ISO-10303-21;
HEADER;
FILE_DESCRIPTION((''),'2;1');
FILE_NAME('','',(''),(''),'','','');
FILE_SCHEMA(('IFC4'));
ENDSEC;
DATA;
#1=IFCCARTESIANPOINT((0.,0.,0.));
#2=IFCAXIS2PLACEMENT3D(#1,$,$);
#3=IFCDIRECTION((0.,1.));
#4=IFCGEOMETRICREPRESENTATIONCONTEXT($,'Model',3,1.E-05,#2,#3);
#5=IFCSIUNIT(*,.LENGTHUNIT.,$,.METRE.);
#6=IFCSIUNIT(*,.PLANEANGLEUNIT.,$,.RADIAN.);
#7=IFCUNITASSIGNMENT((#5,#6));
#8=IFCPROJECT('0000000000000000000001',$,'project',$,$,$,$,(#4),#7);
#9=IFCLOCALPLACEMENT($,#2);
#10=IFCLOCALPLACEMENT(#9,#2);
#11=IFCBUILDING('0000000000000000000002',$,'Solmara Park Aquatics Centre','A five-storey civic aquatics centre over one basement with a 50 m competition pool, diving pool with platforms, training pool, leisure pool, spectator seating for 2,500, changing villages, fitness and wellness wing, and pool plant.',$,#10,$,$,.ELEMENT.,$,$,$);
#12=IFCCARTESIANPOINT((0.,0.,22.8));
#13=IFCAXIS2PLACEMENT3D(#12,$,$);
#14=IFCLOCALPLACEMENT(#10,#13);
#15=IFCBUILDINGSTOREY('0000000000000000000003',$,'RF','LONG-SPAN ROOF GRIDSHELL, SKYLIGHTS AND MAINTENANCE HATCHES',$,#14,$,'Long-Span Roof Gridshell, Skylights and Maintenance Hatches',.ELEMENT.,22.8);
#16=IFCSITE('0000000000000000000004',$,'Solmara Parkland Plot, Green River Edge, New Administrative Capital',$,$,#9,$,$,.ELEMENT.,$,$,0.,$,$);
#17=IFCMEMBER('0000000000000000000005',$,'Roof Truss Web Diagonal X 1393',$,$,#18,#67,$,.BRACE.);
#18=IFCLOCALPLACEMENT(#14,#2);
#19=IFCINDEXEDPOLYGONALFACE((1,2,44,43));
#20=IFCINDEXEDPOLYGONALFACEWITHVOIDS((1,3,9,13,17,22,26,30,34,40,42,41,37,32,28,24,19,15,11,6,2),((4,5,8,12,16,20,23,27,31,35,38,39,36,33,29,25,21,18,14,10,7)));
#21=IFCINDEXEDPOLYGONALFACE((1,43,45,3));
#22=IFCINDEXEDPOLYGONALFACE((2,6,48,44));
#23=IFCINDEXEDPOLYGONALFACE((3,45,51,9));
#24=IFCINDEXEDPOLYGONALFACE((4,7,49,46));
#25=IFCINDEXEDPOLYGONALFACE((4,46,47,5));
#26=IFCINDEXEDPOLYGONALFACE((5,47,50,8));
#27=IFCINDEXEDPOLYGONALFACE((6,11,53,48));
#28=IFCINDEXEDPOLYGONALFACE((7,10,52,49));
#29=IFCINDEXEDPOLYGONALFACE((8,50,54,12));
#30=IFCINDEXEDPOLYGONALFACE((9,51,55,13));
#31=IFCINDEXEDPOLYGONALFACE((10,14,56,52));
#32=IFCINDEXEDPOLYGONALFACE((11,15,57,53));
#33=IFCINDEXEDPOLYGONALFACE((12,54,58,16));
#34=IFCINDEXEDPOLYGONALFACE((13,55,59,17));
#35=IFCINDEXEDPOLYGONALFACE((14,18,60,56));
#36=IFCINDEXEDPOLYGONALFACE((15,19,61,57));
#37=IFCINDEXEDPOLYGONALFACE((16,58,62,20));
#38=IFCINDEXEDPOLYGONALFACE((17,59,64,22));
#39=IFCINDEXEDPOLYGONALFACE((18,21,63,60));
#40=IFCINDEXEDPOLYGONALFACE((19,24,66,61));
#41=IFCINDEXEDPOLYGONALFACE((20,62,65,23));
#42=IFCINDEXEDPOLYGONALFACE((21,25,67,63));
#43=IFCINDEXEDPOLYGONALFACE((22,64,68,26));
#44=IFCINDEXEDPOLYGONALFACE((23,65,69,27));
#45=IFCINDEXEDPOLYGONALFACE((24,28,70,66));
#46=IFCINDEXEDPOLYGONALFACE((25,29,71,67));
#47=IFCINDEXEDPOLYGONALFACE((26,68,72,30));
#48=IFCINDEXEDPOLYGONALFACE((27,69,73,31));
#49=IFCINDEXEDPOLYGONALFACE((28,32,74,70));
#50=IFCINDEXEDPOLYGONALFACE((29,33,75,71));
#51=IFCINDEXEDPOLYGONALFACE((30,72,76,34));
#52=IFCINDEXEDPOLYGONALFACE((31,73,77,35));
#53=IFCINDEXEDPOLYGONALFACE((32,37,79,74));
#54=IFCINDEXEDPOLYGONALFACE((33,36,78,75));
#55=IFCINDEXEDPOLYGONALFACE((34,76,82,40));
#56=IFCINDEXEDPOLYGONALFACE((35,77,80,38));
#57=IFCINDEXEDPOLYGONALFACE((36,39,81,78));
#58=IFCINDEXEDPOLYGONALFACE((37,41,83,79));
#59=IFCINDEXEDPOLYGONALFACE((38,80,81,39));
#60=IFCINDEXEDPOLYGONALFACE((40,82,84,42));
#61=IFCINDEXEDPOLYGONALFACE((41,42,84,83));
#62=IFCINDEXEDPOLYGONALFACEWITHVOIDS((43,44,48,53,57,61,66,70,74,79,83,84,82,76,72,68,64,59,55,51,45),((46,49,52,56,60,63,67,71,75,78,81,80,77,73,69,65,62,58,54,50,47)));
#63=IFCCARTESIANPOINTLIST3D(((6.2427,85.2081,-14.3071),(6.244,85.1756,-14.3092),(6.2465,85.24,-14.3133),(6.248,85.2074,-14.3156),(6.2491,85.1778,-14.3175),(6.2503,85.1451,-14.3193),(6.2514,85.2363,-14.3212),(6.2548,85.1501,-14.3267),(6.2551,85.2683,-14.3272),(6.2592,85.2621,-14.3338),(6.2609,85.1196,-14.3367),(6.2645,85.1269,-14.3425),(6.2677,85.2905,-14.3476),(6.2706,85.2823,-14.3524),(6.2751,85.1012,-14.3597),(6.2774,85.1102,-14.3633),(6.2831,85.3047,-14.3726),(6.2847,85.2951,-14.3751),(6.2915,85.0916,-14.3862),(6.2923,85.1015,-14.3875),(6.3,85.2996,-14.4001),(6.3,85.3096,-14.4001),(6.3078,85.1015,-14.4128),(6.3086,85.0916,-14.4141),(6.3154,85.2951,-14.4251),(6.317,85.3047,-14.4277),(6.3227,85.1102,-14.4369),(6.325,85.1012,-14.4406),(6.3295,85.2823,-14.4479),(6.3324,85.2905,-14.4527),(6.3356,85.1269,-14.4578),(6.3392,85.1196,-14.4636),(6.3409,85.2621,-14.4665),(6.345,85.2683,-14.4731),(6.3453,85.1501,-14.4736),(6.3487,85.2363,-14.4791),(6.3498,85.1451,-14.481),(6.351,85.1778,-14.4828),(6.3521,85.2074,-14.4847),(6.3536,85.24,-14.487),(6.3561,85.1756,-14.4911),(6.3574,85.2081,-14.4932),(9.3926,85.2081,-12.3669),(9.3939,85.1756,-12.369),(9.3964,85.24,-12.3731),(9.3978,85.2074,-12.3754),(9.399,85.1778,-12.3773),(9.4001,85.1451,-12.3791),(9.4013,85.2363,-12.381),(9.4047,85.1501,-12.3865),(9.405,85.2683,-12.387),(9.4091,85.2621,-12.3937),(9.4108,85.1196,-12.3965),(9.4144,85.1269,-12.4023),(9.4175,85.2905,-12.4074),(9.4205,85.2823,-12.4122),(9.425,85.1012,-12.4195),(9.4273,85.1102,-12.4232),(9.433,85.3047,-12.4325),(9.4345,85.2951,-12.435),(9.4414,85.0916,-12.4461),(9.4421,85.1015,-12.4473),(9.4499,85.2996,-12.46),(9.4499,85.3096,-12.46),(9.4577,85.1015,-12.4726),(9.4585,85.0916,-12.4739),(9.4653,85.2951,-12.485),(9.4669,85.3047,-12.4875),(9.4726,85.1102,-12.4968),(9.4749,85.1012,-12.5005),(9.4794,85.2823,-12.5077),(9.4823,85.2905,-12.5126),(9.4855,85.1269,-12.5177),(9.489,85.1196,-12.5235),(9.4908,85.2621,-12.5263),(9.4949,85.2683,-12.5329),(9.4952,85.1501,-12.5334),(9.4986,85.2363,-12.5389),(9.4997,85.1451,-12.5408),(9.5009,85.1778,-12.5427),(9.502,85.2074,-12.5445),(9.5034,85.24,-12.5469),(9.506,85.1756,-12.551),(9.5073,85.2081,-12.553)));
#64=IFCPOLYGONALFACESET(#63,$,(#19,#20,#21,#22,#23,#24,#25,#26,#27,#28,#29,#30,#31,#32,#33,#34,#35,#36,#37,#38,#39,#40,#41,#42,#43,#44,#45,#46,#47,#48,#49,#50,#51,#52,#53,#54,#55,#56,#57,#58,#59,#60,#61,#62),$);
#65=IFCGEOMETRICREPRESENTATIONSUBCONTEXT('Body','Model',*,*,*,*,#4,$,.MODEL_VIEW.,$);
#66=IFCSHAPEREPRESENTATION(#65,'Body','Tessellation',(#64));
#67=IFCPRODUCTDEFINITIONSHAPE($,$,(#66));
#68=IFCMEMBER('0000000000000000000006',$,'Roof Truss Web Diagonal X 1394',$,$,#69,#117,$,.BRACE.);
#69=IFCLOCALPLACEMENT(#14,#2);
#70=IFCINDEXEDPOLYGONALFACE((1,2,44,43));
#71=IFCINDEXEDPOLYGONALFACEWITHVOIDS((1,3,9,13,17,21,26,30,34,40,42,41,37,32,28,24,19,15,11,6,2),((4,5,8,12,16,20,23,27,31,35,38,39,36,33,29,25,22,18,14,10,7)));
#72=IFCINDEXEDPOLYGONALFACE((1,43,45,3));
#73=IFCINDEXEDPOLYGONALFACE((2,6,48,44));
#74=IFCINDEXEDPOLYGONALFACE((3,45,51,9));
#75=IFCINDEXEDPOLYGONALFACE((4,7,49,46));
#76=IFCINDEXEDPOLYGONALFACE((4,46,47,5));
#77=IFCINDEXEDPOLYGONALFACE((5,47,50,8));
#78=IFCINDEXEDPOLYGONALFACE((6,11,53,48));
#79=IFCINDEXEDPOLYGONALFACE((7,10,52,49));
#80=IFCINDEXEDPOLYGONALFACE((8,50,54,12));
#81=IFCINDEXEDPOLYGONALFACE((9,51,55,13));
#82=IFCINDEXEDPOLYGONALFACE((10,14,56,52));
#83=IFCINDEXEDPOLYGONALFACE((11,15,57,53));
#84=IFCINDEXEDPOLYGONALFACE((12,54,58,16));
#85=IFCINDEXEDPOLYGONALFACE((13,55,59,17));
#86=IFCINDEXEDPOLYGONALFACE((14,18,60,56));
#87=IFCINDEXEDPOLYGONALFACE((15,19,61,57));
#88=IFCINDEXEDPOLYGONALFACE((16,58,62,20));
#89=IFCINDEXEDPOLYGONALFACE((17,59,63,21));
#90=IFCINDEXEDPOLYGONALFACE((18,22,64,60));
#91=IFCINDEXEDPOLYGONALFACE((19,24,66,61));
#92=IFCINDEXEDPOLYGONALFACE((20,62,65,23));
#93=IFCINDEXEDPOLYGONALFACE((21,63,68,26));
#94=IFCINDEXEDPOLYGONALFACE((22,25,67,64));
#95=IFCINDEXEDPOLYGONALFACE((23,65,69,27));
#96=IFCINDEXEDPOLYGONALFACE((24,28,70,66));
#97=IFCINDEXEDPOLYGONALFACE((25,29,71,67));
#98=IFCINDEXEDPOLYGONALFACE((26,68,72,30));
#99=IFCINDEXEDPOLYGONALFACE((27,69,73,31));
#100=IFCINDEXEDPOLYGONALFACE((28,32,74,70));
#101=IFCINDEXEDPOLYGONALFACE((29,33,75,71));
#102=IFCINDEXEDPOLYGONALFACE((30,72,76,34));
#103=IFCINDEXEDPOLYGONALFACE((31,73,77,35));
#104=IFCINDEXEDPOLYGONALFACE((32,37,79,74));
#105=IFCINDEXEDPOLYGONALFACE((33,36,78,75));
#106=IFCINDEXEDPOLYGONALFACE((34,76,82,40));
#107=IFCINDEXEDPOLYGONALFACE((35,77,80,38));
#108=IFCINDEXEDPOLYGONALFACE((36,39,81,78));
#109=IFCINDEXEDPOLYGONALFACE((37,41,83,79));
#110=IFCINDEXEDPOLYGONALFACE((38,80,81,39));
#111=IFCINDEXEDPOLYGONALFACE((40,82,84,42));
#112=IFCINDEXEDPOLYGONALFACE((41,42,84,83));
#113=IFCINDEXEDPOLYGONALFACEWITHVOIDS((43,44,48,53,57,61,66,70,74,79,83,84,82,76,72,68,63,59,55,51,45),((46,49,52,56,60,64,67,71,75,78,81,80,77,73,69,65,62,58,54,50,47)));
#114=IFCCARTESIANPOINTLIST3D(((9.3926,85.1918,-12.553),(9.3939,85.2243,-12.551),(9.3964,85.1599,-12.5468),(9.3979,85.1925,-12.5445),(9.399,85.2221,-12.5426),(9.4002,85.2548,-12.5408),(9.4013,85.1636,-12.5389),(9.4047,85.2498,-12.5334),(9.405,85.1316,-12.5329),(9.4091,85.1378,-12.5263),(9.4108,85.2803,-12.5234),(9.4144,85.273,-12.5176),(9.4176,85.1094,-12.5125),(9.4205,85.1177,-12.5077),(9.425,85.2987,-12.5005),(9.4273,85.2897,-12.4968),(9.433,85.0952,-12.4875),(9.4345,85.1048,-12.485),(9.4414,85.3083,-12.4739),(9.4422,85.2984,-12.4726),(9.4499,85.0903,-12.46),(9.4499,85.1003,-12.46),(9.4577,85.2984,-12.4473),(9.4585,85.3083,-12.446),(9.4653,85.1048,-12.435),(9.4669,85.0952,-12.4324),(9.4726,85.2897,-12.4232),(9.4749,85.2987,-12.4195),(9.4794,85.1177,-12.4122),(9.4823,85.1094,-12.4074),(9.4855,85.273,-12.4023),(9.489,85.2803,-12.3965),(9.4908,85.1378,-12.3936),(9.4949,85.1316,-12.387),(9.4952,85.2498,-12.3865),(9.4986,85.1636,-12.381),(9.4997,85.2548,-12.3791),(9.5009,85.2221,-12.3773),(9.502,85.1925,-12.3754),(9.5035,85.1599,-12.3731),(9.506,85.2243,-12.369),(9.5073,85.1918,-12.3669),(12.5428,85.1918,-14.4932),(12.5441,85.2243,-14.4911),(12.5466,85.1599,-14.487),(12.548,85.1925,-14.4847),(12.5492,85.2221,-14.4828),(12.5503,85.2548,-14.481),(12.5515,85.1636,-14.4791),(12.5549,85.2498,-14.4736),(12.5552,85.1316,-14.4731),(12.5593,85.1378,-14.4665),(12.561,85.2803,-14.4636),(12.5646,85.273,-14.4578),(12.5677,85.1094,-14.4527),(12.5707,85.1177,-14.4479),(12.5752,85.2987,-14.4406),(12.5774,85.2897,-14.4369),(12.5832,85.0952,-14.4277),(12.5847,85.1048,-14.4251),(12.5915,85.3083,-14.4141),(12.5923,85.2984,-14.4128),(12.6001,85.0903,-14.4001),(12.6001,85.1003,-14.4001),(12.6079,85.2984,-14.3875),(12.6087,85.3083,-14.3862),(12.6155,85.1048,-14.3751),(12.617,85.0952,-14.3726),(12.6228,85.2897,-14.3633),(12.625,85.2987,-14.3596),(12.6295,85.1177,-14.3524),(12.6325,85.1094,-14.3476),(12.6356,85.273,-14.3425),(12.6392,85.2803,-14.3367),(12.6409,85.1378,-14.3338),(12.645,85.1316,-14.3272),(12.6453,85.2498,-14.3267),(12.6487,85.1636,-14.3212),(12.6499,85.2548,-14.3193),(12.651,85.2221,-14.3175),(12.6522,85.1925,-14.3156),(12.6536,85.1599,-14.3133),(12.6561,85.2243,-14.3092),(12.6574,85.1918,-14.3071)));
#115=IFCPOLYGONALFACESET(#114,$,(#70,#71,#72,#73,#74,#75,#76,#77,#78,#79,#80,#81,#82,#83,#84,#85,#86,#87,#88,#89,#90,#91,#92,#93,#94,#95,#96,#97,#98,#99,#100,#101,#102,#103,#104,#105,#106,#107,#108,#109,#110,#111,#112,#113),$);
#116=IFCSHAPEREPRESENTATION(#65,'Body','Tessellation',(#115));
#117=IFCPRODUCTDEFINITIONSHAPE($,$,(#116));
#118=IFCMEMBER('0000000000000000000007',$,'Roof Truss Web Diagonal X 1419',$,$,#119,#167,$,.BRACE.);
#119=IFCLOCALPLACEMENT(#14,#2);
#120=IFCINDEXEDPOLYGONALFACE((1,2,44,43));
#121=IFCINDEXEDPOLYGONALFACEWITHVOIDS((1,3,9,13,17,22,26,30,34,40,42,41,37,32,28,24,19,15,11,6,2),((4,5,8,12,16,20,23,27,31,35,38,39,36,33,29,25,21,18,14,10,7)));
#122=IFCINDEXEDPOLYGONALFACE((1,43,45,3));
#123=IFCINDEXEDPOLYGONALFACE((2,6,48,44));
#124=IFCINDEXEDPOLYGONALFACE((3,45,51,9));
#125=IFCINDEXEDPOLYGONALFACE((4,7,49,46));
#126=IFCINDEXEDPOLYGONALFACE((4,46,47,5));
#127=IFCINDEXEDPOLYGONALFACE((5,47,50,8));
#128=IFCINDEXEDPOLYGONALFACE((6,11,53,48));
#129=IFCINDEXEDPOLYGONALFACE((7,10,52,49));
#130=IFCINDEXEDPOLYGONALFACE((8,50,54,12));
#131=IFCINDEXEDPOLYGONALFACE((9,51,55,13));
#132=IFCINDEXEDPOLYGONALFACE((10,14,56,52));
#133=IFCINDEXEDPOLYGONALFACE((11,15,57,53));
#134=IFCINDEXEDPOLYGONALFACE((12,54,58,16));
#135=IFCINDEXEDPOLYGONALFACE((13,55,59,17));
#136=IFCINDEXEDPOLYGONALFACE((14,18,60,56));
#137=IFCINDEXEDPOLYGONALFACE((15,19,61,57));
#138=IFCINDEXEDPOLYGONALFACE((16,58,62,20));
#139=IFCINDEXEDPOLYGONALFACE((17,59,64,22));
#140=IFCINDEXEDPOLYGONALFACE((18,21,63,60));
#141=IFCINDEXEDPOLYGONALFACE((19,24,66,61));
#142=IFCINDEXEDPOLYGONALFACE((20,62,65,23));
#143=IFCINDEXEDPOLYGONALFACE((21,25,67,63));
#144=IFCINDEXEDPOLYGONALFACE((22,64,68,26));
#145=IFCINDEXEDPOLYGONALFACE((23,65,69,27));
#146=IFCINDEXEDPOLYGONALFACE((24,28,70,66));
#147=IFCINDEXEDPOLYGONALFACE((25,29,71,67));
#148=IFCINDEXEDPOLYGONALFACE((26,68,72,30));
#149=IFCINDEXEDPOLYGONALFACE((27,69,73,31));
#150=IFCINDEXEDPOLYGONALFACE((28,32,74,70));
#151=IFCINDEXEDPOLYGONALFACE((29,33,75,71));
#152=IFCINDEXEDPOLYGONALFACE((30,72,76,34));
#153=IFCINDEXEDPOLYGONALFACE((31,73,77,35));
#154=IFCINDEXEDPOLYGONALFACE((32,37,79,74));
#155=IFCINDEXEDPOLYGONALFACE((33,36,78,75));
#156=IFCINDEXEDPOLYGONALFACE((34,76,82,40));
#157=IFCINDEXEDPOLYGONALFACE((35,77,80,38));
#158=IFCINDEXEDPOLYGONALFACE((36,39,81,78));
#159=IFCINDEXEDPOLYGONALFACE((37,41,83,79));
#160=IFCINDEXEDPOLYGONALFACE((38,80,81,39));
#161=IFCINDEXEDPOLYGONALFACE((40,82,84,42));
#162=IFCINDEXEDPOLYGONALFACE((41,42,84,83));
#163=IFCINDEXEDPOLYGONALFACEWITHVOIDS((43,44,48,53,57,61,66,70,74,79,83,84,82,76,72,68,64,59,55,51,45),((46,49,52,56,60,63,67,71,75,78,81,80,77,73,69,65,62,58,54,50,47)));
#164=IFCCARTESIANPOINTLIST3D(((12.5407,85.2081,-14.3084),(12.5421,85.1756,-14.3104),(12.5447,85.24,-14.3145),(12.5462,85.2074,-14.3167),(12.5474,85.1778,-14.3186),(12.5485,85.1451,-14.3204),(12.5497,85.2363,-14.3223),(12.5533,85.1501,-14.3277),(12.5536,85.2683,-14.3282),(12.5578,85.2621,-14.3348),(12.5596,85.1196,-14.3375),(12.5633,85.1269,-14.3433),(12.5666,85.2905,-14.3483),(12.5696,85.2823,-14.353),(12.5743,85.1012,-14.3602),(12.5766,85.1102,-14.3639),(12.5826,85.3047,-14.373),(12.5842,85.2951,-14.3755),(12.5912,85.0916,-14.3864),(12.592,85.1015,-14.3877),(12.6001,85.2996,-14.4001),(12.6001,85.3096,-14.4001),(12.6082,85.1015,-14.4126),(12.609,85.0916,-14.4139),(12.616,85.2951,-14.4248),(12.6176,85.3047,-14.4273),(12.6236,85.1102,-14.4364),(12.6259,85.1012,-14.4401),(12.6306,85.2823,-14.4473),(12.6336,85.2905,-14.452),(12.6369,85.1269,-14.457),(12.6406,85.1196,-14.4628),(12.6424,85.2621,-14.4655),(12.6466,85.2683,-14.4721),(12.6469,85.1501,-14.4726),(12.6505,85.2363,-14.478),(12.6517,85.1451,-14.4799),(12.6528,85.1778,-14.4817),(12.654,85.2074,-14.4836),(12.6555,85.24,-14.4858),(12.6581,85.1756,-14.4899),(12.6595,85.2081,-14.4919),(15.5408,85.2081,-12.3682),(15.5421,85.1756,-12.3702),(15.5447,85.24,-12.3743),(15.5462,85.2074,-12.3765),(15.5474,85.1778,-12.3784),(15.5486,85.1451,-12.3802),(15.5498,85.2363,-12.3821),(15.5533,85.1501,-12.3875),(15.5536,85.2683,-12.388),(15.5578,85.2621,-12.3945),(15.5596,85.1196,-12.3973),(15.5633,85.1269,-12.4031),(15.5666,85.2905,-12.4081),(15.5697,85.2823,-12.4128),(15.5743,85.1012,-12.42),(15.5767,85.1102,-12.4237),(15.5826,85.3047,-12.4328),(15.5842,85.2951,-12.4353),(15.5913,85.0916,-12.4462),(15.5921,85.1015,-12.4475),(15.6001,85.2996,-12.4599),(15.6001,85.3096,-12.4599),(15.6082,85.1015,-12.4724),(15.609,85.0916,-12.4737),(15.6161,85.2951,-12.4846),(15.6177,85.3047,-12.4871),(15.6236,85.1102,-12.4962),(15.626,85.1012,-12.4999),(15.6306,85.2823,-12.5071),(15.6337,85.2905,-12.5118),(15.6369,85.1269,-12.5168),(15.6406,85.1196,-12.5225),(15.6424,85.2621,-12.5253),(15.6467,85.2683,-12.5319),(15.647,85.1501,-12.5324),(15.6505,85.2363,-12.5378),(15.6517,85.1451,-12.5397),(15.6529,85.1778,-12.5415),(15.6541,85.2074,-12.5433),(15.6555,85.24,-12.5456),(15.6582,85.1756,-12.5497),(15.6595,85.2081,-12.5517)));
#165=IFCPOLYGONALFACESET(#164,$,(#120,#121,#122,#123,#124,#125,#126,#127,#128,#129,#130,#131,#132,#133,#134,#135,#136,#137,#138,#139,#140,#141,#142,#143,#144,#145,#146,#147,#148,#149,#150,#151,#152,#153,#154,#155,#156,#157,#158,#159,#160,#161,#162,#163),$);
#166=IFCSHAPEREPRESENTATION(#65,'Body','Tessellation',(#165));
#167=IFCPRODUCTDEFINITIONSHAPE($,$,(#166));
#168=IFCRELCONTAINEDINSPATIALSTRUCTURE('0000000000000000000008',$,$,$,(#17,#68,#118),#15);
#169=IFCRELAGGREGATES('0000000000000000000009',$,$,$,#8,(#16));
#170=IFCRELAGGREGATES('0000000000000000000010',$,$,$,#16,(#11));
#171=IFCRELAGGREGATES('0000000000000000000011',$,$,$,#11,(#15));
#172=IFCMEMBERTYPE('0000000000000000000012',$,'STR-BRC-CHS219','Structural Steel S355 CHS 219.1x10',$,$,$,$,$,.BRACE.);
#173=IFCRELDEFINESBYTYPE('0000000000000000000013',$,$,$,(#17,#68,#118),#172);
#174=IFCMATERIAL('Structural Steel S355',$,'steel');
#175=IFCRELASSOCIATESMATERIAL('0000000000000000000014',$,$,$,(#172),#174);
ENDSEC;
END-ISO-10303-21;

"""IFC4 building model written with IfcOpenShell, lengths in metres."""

from ifc_helpers import new_model, si_unit, direction, frame, origin, origin_2d, place, context, subcontext, project, spatial, hollow_circle, extrude, material, material_profile, profile_set, type_object, element, save


model = new_model("IFC4")

# Units and contexts
model_context = context("Model", 3, precision=1e-05, world=origin(), true_north=direction((0.0, 1.0)))
body_context = subcontext(model_context, "Body", "Model", "MODEL_VIEW")
ifc_project = project(units=[si_unit("LENGTHUNIT", "METRE"), si_unit("PLANEANGLEUNIT", "RADIAN")], contexts=[model_context])

# Site, building, storey
site_placement = place(None, origin())
site = spatial("IfcSite", under=ifc_project, at=site_placement, Name="Solmara Parkland Plot, Green River Edge, New Administrative Capital", CompositionType="ELEMENT", RefElevation=0.0)
building_placement = place(site_placement, origin())
building = spatial("IfcBuilding", under=site, at=building_placement, Name="Solmara Park Aquatics Centre", Description="A five-storey civic aquatics centre over one basement with a 50 m competition pool, diving pool with platforms, training pool, leisure pool, spectator seating for 2,500, changing villages, fitness and wellness wing, and pool plant.", CompositionType="ELEMENT")
storey_placement = place(building_placement, frame((0.0, 0.0, 22.8)))
storey = spatial("IfcBuildingStorey", under=building, at=storey_placement, Name="RF", Description="LONG-SPAN ROOF GRIDSHELL, SKYLIGHTS AND MAINTENANCE HATCHES", LongName="Long-Span Roof Gridshell, Skylights and Maintenance Hatches", CompositionType="ELEMENT", Elevation=22.8)

# Shared definitions
ifc_material_1 = material(Name="Structural Steel S355", Category="steel")

# Members
ifc_material_profile_1 = material_profile(ifc_material_1, hollow_circle(Radius=0.1096, WallThickness=0.01, at=origin_2d()), Name="CHS 219.1x10")
ifc_profile_set_1 = profile_set([ifc_material_profile_1], Name="Structural Steel S355")
member_type_1 = type_object("IfcMemberType", Name="STR-BRC-CHS219", Description="Structural Steel S355 CHS 219.1x10", PredefinedType="BRACE", material=ifc_profile_set_1)
member_1_placement = place(storey_placement, frame((6.3, 85.2, -14.4001), z_axis=(0.851443, 0.0, 0.524447), x_axis=(0.0, 1.0, 0.0)))
element("IfcMember", 1, at=member_1_placement, inside=storey, type_object=member_type_1, Name="Roof Truss Web Diagonal X 1393", PredefinedType="BRACE", context=body_context, shape_type="SweptSolid", body=[
    extrude(hollow_circle(Radius=0.1096, WallThickness=0.01, at=origin_2d()), origin(), (0.0, 0.0, 1.0), 3.6995),
])
member_2_placement = place(storey_placement, frame((12.6001, 85.2, -14.4001), z_axis=(-0.851461, 0.0, 0.524418), x_axis=(0.0, -1.0, 0.0)))
element("IfcMember", 2, at=member_2_placement, inside=storey, type_object=member_type_1, Name="Roof Truss Web Diagonal X 1394", PredefinedType="BRACE", context=body_context, shape_type="SweptSolid", body=[
    extrude(hollow_circle(Radius=0.1096, WallThickness=0.01, at=origin_2d()), origin(), (0.0, 0.0, 1.0), 3.6997),
])
member_3_placement = place(storey_placement, frame((12.6001, 85.2, -14.4001), z_axis=(0.839697, 0.0, 0.543056), x_axis=(0.0, 1.0, 0.0)))
element("IfcMember", 3, at=member_3_placement, inside=storey, type_object=member_type_1, Name="Roof Truss Web Diagonal X 1419", PredefinedType="BRACE", context=body_context, shape_type="SweptSolid", body=[
    extrude(hollow_circle(Radius=0.1096, WallThickness=0.01, at=origin_2d()), origin(), (0.0, 0.0, 1.0), 3.5728),
])

save(model, "model.ifc")
